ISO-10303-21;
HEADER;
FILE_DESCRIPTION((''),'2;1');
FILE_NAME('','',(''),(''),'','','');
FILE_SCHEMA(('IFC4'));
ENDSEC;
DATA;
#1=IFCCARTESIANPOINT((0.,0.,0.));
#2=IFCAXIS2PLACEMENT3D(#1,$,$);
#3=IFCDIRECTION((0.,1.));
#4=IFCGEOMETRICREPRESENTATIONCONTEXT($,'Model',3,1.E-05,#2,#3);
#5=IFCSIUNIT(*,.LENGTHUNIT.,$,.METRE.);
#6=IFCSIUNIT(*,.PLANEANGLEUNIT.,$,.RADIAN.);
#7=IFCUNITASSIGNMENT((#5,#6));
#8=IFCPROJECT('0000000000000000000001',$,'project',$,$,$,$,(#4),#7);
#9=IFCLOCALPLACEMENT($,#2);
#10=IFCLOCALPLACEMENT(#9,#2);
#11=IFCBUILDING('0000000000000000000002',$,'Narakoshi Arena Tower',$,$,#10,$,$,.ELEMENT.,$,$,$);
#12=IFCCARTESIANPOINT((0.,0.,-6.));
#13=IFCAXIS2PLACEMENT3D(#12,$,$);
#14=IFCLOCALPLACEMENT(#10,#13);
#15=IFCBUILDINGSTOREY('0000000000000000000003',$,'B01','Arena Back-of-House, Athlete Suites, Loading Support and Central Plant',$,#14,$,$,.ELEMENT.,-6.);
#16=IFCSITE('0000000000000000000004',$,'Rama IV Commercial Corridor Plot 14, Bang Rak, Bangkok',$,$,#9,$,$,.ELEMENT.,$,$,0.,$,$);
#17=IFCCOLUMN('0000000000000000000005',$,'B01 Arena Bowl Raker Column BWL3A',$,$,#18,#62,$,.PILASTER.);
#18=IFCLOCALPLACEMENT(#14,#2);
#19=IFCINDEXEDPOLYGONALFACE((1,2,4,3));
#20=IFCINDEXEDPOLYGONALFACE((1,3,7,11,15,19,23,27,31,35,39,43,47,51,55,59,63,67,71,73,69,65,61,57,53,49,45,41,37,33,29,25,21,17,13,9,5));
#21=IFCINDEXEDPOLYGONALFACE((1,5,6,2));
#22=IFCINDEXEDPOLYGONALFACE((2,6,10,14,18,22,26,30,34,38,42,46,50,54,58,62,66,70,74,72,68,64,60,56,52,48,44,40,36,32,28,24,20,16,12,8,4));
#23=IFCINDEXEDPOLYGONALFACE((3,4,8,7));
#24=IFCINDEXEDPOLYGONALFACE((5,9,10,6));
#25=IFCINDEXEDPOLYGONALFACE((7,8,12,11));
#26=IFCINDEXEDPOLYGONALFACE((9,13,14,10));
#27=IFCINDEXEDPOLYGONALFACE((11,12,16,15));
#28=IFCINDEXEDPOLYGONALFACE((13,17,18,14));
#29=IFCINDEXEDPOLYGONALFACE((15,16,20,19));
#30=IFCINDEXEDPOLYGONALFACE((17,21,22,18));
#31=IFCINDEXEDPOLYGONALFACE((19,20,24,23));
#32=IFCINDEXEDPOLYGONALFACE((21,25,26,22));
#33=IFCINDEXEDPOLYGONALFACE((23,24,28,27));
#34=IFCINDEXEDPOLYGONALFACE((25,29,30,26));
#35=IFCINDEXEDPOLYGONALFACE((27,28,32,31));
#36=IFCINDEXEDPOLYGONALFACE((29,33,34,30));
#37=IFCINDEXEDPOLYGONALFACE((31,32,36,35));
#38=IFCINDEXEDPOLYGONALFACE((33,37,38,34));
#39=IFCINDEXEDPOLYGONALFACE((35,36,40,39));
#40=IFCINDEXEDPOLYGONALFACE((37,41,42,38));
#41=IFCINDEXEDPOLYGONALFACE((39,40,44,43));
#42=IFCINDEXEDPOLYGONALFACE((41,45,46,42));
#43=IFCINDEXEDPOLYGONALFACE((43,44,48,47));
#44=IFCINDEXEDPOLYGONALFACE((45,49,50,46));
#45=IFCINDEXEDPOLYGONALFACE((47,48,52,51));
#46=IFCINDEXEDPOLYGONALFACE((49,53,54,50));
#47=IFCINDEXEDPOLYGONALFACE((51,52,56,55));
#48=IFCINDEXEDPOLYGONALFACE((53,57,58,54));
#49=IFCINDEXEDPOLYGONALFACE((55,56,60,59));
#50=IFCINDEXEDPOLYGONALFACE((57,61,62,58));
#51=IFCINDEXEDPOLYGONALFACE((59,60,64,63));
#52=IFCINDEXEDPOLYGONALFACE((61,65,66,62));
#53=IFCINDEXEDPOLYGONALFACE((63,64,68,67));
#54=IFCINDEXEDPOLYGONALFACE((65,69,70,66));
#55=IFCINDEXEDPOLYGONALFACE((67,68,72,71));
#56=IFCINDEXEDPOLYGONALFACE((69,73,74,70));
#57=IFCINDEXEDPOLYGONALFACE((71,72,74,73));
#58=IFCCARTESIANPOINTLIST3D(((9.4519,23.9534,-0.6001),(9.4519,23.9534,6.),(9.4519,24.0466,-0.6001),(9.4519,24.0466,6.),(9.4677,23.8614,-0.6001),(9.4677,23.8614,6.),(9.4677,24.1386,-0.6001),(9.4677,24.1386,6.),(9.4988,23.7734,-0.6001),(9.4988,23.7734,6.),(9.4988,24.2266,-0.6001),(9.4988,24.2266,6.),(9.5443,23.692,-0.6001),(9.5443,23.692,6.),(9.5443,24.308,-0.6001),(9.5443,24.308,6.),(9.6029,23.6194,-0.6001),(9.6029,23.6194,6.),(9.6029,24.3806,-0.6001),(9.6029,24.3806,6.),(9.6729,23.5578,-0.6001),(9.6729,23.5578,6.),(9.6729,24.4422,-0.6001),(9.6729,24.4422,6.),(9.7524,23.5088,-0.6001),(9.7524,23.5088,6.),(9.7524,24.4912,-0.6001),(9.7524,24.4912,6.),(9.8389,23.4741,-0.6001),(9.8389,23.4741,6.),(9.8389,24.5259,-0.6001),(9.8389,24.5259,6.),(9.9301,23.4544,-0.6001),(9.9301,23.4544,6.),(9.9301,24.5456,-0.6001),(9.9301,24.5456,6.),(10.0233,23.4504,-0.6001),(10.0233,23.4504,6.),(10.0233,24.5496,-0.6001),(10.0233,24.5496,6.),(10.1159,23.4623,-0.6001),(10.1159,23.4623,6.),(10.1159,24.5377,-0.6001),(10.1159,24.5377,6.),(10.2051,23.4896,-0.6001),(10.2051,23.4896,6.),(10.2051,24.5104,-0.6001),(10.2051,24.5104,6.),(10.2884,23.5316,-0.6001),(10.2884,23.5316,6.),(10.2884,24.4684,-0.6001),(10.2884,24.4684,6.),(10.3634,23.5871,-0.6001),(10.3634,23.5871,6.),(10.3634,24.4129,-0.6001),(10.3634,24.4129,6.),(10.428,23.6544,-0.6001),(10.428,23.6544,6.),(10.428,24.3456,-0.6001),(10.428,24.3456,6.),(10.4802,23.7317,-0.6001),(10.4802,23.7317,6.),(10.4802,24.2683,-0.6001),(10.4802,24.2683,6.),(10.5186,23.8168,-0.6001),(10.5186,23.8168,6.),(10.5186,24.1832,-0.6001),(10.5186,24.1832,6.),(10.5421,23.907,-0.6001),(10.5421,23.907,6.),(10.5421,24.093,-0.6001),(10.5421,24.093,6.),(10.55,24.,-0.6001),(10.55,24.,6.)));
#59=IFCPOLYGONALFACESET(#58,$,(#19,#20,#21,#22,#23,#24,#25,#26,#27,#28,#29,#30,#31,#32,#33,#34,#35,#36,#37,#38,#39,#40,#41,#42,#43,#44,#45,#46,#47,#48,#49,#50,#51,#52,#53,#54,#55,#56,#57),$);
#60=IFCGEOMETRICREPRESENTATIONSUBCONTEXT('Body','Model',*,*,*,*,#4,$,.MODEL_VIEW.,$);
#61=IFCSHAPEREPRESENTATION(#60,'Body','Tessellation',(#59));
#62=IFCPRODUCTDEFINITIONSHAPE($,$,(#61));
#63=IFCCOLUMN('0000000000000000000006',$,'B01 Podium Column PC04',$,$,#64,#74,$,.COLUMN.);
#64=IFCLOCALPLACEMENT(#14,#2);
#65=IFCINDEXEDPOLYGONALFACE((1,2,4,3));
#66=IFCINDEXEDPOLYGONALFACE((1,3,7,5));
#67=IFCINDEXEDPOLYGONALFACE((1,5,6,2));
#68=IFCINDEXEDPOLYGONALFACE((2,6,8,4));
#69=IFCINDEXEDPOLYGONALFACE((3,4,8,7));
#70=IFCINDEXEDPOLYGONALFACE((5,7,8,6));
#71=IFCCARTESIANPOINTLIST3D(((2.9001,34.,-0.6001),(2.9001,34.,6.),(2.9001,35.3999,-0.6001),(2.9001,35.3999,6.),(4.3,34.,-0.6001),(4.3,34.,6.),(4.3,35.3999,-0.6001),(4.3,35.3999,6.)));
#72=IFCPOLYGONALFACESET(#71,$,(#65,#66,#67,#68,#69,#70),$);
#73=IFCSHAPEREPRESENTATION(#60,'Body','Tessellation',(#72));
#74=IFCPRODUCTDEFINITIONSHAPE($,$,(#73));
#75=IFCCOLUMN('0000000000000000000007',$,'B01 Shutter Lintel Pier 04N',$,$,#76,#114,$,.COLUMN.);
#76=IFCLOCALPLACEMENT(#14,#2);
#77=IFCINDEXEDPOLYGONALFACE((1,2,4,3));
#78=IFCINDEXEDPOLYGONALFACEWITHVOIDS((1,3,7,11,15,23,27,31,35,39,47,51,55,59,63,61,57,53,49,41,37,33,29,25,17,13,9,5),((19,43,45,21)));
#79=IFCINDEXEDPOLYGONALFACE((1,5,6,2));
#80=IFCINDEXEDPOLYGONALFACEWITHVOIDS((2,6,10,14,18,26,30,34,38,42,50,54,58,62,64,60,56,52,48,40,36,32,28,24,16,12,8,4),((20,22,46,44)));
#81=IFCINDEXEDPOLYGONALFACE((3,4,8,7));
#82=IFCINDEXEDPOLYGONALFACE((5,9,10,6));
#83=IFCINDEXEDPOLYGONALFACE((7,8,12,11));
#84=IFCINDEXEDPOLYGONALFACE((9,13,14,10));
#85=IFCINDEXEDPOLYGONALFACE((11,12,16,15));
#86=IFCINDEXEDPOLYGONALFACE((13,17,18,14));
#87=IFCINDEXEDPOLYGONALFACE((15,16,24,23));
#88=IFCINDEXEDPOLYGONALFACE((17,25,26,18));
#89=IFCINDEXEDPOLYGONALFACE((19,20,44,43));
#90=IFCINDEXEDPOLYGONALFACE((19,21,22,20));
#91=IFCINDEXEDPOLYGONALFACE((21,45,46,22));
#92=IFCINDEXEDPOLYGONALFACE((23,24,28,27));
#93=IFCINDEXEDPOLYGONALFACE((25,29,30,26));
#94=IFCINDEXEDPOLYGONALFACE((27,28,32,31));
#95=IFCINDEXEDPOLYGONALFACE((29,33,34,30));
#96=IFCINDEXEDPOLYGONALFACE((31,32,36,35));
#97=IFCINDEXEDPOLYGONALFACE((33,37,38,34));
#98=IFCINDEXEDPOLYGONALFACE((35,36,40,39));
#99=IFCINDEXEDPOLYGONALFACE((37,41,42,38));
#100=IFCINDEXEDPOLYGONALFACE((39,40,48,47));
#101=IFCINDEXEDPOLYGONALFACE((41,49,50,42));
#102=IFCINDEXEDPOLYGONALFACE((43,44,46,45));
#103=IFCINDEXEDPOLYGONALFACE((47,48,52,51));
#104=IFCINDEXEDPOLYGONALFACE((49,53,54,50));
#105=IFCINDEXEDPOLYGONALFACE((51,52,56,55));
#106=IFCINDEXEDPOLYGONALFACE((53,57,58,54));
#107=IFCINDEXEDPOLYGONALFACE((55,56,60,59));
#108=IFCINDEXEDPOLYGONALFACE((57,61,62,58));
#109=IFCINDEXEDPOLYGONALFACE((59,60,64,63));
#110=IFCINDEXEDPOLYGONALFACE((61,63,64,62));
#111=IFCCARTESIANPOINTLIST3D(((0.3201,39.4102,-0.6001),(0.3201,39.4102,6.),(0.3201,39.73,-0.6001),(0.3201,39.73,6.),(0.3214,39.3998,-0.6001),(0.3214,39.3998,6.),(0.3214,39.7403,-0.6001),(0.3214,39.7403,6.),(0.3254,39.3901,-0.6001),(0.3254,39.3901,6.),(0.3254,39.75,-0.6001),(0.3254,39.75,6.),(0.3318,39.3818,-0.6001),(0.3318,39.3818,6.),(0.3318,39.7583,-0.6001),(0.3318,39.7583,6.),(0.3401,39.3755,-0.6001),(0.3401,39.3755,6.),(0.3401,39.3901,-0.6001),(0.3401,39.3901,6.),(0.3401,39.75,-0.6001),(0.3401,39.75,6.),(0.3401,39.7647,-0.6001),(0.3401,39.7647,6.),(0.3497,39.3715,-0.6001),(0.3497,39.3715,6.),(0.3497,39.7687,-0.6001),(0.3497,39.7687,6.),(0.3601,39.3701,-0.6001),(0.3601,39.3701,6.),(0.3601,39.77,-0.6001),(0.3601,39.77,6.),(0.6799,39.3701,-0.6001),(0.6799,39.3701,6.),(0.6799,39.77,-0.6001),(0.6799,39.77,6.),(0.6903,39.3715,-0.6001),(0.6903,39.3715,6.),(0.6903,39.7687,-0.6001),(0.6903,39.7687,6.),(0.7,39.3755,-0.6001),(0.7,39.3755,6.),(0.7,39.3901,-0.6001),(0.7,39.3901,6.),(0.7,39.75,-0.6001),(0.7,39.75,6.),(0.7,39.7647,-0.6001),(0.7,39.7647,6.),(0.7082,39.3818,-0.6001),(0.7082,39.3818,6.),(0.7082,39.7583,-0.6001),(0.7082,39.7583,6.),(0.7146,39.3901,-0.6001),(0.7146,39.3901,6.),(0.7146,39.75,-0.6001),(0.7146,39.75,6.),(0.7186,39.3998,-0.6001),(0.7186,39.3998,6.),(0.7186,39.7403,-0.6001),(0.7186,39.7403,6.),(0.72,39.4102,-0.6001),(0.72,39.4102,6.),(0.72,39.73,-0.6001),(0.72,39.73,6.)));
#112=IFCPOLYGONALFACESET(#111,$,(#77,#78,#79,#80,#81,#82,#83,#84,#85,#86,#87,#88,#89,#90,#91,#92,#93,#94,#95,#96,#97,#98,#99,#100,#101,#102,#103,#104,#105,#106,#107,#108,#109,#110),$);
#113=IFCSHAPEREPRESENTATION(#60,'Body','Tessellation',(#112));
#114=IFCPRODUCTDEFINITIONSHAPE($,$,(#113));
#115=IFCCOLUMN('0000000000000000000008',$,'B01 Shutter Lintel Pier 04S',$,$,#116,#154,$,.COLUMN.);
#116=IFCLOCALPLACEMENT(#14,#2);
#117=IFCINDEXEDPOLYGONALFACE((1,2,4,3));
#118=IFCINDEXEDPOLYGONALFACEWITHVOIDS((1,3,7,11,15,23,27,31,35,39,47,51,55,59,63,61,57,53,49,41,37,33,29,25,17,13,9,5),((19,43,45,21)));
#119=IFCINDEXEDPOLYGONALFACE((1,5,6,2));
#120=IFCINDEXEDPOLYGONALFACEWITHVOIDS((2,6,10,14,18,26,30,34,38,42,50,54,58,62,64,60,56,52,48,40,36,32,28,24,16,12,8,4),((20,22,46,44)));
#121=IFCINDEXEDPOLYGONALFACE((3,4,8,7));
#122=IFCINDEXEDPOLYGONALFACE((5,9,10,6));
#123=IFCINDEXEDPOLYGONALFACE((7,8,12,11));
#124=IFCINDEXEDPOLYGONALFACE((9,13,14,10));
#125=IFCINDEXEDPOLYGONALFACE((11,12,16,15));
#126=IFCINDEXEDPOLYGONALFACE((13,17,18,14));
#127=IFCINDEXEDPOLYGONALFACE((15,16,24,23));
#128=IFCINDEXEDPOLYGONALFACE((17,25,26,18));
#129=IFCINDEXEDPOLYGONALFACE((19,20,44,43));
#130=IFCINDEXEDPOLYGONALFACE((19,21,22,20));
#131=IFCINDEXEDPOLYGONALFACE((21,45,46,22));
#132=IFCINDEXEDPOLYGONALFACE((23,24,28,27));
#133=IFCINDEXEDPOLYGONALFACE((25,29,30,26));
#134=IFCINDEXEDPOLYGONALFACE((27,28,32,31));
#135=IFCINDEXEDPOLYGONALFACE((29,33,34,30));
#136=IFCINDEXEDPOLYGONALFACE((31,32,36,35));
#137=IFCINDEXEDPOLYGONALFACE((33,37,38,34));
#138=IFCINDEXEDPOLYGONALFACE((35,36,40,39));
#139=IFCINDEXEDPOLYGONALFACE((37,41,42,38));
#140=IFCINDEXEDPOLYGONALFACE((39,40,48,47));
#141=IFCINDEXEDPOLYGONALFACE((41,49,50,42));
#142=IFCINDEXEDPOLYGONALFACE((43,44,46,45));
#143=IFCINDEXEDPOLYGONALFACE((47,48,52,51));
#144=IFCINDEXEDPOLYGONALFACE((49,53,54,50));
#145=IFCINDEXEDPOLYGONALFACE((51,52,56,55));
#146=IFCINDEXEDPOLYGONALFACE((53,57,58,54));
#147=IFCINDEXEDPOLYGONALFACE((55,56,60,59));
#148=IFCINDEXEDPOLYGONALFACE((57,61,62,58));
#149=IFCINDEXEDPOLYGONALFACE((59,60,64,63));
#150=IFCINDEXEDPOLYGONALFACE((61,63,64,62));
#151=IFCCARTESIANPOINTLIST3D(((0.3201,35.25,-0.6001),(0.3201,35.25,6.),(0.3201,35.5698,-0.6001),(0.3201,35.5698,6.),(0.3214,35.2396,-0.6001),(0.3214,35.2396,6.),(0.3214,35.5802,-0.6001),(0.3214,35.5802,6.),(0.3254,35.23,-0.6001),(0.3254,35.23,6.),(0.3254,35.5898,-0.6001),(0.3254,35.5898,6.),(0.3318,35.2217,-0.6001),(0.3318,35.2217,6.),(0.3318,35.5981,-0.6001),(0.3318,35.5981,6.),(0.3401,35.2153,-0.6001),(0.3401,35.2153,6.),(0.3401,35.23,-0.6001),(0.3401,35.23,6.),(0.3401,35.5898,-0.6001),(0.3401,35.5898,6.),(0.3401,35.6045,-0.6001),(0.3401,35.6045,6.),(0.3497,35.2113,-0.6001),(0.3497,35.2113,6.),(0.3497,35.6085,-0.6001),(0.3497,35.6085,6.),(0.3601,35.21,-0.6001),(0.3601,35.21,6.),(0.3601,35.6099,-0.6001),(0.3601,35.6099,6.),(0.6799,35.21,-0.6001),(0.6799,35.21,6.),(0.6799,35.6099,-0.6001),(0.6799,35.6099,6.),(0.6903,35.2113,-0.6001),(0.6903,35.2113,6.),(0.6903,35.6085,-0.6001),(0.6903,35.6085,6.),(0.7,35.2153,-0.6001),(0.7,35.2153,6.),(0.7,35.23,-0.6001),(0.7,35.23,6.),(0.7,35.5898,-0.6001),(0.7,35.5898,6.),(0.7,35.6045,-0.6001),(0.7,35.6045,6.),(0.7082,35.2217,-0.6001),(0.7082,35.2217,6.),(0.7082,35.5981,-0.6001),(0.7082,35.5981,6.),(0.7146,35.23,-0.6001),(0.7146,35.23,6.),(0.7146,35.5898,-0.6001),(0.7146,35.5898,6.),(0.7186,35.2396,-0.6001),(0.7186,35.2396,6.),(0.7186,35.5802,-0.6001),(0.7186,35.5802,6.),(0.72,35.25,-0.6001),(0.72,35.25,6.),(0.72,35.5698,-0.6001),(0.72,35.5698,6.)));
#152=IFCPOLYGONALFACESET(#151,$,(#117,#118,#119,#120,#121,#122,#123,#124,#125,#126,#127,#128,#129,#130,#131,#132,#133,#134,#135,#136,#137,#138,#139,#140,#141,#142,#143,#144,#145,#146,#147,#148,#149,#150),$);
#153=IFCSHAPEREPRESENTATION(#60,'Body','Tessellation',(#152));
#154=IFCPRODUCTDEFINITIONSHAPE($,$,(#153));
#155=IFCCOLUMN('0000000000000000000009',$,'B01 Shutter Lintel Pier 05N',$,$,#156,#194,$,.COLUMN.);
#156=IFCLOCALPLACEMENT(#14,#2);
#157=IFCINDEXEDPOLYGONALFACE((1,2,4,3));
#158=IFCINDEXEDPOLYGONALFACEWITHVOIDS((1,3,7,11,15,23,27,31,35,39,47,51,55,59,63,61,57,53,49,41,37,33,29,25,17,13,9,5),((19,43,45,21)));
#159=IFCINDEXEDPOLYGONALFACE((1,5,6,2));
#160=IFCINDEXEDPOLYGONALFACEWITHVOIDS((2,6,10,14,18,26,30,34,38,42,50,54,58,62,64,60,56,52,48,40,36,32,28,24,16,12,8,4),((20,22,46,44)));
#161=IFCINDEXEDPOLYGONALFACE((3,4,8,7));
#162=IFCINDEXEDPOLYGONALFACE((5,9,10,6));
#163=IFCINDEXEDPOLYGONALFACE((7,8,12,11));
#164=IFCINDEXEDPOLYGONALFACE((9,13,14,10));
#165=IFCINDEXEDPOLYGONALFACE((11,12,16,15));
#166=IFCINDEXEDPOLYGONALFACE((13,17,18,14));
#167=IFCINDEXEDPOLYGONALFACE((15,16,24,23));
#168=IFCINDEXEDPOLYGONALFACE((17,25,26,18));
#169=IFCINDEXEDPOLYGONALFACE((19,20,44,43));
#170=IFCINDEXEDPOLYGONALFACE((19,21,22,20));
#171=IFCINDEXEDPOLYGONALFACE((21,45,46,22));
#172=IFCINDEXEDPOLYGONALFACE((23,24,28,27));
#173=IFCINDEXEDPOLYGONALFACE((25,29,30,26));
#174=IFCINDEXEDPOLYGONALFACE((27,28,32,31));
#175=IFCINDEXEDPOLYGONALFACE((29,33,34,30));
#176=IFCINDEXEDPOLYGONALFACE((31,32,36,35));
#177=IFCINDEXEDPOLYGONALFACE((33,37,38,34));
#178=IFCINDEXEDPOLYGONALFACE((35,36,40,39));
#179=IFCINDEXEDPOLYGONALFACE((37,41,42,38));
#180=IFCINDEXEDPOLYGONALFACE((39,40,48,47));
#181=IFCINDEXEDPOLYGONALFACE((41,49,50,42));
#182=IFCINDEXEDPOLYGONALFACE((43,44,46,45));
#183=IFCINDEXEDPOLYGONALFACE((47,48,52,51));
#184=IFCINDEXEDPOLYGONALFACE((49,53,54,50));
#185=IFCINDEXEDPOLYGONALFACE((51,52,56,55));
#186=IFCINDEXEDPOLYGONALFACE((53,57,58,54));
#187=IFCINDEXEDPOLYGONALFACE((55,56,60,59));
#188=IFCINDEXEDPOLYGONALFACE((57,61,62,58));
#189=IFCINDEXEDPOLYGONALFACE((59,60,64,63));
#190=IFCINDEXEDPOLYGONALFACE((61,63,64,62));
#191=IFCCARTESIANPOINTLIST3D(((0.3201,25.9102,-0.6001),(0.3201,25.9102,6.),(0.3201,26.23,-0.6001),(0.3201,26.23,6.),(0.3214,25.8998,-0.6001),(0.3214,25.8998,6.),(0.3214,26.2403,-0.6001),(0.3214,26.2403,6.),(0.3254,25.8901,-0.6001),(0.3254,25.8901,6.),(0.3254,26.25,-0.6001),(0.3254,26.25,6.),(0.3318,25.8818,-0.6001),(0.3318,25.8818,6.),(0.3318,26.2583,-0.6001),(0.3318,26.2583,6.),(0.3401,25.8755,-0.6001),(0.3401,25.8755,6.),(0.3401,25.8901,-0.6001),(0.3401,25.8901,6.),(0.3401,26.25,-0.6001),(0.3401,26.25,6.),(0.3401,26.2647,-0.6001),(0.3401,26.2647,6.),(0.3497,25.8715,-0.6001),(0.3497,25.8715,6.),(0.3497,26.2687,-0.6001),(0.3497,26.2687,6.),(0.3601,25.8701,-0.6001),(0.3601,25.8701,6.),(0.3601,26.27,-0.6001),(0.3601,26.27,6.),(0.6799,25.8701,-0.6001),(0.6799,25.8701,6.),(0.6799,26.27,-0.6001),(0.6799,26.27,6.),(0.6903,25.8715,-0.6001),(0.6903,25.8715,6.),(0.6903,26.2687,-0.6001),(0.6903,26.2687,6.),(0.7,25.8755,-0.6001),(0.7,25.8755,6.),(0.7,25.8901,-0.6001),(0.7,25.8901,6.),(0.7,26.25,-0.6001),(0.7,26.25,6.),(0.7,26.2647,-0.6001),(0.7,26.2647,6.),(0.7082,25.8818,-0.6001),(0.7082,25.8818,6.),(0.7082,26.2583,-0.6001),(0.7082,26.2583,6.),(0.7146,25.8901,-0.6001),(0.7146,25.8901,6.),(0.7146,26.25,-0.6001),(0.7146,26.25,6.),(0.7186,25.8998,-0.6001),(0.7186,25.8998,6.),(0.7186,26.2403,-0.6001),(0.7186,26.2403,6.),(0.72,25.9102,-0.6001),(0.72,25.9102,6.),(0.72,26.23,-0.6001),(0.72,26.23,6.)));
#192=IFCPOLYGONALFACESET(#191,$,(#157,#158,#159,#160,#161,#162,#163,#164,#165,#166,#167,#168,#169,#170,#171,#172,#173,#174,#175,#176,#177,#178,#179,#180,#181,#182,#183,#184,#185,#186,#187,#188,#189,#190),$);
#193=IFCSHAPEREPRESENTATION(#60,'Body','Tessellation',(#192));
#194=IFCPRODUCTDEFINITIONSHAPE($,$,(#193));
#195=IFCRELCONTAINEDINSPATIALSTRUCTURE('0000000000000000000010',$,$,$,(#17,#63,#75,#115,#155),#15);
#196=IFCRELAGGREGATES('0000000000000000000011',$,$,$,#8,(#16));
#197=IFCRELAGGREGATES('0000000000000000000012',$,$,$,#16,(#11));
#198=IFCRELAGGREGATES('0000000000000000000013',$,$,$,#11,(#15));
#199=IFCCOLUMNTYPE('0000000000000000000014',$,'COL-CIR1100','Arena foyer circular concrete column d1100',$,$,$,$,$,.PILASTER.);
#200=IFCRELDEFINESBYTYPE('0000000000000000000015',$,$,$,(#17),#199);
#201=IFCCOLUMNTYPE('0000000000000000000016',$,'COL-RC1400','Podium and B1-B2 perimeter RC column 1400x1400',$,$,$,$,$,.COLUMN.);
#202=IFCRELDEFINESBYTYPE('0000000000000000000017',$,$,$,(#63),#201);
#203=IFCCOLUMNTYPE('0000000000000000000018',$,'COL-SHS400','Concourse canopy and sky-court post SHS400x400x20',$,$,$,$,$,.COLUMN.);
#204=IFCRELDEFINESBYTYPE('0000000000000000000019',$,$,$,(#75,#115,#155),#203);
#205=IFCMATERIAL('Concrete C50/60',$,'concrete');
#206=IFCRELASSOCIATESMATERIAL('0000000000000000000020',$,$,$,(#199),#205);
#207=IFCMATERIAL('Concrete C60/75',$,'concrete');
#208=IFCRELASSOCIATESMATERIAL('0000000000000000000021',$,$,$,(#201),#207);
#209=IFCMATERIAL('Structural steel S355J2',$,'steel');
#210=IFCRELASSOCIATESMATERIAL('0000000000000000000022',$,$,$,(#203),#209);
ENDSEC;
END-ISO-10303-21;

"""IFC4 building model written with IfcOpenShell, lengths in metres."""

from ifc_helpers import new_model, si_unit, direction, frame, origin, origin_2d, place, context, subcontext, project, spatial, rectangle, hollow_rectangle, circle, extrude, material, material_profile, profile_set, type_object, element, save


model = new_model("IFC4")

# Units and contexts
model_context = context("Model", 3, precision=1e-05, world=origin(), true_north=direction((0.0, 1.0)))
body_context = subcontext(model_context, "Body", "Model", "MODEL_VIEW")
ifc_project = project(units=[si_unit("LENGTHUNIT", "METRE"), si_unit("PLANEANGLEUNIT", "RADIAN")], contexts=[model_context])

# Site, building, storey
site_placement = place(None, origin())
site = spatial("IfcSite", under=ifc_project, at=site_placement, Name="Rama IV Commercial Corridor Plot 14, Bang Rak, Bangkok", CompositionType="ELEMENT", RefElevation=0.0)
building_placement = place(site_placement, origin())
building = spatial("IfcBuilding", under=site, at=building_placement, Name="Narakoshi Arena Tower", CompositionType="ELEMENT")
storey_placement = place(building_placement, frame((0.0, 0.0, -6.0)))
storey = spatial("IfcBuildingStorey", under=building, at=storey_placement, Name="B01", Description="Arena Back-of-House, Athlete Suites, Loading Support and Central Plant", CompositionType="ELEMENT", Elevation=-6.0)

# Columns
ifc_material_1 = material(Name="Concrete C50/60", Category="concrete")
ifc_material_profile_1 = material_profile(ifc_material_1, circle(Radius=0.55, at=origin_2d()), Name="RCC1100")
ifc_profile_set_1 = profile_set([ifc_material_profile_1], Name="Concrete C50/60")
column_type_1 = type_object("IfcColumnType", Name="COL-CIR1100", Description="Arena foyer circular concrete column d1100", PredefinedType="PILASTER", material=ifc_profile_set_1)
for number, where, z_axis, x_axis, name in (
    (1, (10.0, 24.0, -0.6001), (0.0, 0.0, 1.0), (1.0, 0.0, 0.0), "B01 Arena Bowl Raker Column BWL3A"),
):
    element("IfcColumn", number, at=place(storey_placement, frame(where, z_axis=z_axis, x_axis=x_axis)), inside=storey, type_object=column_type_1, Name=name, PredefinedType="PILASTER", context=body_context, shape_type="SweptSolid", body=[
        extrude(circle(Radius=0.55, at=origin_2d()), origin(), (0.0, 0.0, 1.0), 6.6001),
    ])
ifc_material_2 = material(Name="Concrete C60/75", Category="concrete")
ifc_material_profile_2 = material_profile(ifc_material_2, rectangle(XDim=1.3999, YDim=1.3999, at=origin_2d()), Name="RC1400x1400")
ifc_profile_set_2 = profile_set([ifc_material_profile_2], Name="Concrete C60/75")
column_type_2 = type_object("IfcColumnType", Name="COL-RC1400", Description="Podium and B1-B2 perimeter RC column 1400x1400", PredefinedType="COLUMN", material=ifc_profile_set_2)
column_placement = place(storey_placement, frame((3.6001, 34.7, -0.6001), z_axis=(0.0, 0.0, 1.0), x_axis=(1.0, 0.0, 0.0)))
element("IfcColumn", 2, at=column_placement, inside=storey, type_object=column_type_2, Name="B01 Podium Column PC04", PredefinedType="COLUMN", context=body_context, shape_type="SweptSolid", body=[
    extrude(rectangle(XDim=1.3999, YDim=1.3999, at=origin_2d()), origin(), (0.0, 0.0, 1.0), 6.6001),
])
ifc_material_3 = material(Name="Structural steel S355J2", Category="steel")
ifc_material_profile_3 = material_profile(ifc_material_3, hollow_rectangle(XDim=0.3999, YDim=0.3999, WallThickness=0.02, OuterFilletRadius=0.04, at=origin_2d()), Name="SHS400x400x20")
ifc_profile_set_3 = profile_set([ifc_material_profile_3], Name="Structural steel S355J2")
column_type_3 = type_object("IfcColumnType", Name="COL-SHS400", Description="Concourse canopy and sky-court post SHS400x400x20", PredefinedType="COLUMN", material=ifc_profile_set_3)
for number, where, z_axis, x_axis, name in (
    (3, (0.52, 39.5701, -0.6001), (0.0, 0.0, 1.0), (1.0, 0.0, 0.0), "B01 Shutter Lintel Pier 04N"),
    (4, (0.52, 35.4099, -0.6001), (0.0, 0.0, 1.0), (1.0, 0.0, 0.0), "B01 Shutter Lintel Pier 04S"),
    (5, (0.52, 26.0701, -0.6001), (0.0, 0.0, 1.0), (1.0, 0.0, 0.0), "B01 Shutter Lintel Pier 05N"),
):
    element("IfcColumn", number, at=place(storey_placement, frame(where, z_axis=z_axis, x_axis=x_axis)), inside=storey, type_object=column_type_3, Name=name, PredefinedType="COLUMN", context=body_context, shape_type="SweptSolid", body=[
        extrude(hollow_rectangle(XDim=0.3999, YDim=0.3999, WallThickness=0.02, OuterFilletRadius=0.04, at=origin_2d()), origin(), (0.0, 0.0, 1.0), 6.6001),
    ])

save(model, "model.ifc")
